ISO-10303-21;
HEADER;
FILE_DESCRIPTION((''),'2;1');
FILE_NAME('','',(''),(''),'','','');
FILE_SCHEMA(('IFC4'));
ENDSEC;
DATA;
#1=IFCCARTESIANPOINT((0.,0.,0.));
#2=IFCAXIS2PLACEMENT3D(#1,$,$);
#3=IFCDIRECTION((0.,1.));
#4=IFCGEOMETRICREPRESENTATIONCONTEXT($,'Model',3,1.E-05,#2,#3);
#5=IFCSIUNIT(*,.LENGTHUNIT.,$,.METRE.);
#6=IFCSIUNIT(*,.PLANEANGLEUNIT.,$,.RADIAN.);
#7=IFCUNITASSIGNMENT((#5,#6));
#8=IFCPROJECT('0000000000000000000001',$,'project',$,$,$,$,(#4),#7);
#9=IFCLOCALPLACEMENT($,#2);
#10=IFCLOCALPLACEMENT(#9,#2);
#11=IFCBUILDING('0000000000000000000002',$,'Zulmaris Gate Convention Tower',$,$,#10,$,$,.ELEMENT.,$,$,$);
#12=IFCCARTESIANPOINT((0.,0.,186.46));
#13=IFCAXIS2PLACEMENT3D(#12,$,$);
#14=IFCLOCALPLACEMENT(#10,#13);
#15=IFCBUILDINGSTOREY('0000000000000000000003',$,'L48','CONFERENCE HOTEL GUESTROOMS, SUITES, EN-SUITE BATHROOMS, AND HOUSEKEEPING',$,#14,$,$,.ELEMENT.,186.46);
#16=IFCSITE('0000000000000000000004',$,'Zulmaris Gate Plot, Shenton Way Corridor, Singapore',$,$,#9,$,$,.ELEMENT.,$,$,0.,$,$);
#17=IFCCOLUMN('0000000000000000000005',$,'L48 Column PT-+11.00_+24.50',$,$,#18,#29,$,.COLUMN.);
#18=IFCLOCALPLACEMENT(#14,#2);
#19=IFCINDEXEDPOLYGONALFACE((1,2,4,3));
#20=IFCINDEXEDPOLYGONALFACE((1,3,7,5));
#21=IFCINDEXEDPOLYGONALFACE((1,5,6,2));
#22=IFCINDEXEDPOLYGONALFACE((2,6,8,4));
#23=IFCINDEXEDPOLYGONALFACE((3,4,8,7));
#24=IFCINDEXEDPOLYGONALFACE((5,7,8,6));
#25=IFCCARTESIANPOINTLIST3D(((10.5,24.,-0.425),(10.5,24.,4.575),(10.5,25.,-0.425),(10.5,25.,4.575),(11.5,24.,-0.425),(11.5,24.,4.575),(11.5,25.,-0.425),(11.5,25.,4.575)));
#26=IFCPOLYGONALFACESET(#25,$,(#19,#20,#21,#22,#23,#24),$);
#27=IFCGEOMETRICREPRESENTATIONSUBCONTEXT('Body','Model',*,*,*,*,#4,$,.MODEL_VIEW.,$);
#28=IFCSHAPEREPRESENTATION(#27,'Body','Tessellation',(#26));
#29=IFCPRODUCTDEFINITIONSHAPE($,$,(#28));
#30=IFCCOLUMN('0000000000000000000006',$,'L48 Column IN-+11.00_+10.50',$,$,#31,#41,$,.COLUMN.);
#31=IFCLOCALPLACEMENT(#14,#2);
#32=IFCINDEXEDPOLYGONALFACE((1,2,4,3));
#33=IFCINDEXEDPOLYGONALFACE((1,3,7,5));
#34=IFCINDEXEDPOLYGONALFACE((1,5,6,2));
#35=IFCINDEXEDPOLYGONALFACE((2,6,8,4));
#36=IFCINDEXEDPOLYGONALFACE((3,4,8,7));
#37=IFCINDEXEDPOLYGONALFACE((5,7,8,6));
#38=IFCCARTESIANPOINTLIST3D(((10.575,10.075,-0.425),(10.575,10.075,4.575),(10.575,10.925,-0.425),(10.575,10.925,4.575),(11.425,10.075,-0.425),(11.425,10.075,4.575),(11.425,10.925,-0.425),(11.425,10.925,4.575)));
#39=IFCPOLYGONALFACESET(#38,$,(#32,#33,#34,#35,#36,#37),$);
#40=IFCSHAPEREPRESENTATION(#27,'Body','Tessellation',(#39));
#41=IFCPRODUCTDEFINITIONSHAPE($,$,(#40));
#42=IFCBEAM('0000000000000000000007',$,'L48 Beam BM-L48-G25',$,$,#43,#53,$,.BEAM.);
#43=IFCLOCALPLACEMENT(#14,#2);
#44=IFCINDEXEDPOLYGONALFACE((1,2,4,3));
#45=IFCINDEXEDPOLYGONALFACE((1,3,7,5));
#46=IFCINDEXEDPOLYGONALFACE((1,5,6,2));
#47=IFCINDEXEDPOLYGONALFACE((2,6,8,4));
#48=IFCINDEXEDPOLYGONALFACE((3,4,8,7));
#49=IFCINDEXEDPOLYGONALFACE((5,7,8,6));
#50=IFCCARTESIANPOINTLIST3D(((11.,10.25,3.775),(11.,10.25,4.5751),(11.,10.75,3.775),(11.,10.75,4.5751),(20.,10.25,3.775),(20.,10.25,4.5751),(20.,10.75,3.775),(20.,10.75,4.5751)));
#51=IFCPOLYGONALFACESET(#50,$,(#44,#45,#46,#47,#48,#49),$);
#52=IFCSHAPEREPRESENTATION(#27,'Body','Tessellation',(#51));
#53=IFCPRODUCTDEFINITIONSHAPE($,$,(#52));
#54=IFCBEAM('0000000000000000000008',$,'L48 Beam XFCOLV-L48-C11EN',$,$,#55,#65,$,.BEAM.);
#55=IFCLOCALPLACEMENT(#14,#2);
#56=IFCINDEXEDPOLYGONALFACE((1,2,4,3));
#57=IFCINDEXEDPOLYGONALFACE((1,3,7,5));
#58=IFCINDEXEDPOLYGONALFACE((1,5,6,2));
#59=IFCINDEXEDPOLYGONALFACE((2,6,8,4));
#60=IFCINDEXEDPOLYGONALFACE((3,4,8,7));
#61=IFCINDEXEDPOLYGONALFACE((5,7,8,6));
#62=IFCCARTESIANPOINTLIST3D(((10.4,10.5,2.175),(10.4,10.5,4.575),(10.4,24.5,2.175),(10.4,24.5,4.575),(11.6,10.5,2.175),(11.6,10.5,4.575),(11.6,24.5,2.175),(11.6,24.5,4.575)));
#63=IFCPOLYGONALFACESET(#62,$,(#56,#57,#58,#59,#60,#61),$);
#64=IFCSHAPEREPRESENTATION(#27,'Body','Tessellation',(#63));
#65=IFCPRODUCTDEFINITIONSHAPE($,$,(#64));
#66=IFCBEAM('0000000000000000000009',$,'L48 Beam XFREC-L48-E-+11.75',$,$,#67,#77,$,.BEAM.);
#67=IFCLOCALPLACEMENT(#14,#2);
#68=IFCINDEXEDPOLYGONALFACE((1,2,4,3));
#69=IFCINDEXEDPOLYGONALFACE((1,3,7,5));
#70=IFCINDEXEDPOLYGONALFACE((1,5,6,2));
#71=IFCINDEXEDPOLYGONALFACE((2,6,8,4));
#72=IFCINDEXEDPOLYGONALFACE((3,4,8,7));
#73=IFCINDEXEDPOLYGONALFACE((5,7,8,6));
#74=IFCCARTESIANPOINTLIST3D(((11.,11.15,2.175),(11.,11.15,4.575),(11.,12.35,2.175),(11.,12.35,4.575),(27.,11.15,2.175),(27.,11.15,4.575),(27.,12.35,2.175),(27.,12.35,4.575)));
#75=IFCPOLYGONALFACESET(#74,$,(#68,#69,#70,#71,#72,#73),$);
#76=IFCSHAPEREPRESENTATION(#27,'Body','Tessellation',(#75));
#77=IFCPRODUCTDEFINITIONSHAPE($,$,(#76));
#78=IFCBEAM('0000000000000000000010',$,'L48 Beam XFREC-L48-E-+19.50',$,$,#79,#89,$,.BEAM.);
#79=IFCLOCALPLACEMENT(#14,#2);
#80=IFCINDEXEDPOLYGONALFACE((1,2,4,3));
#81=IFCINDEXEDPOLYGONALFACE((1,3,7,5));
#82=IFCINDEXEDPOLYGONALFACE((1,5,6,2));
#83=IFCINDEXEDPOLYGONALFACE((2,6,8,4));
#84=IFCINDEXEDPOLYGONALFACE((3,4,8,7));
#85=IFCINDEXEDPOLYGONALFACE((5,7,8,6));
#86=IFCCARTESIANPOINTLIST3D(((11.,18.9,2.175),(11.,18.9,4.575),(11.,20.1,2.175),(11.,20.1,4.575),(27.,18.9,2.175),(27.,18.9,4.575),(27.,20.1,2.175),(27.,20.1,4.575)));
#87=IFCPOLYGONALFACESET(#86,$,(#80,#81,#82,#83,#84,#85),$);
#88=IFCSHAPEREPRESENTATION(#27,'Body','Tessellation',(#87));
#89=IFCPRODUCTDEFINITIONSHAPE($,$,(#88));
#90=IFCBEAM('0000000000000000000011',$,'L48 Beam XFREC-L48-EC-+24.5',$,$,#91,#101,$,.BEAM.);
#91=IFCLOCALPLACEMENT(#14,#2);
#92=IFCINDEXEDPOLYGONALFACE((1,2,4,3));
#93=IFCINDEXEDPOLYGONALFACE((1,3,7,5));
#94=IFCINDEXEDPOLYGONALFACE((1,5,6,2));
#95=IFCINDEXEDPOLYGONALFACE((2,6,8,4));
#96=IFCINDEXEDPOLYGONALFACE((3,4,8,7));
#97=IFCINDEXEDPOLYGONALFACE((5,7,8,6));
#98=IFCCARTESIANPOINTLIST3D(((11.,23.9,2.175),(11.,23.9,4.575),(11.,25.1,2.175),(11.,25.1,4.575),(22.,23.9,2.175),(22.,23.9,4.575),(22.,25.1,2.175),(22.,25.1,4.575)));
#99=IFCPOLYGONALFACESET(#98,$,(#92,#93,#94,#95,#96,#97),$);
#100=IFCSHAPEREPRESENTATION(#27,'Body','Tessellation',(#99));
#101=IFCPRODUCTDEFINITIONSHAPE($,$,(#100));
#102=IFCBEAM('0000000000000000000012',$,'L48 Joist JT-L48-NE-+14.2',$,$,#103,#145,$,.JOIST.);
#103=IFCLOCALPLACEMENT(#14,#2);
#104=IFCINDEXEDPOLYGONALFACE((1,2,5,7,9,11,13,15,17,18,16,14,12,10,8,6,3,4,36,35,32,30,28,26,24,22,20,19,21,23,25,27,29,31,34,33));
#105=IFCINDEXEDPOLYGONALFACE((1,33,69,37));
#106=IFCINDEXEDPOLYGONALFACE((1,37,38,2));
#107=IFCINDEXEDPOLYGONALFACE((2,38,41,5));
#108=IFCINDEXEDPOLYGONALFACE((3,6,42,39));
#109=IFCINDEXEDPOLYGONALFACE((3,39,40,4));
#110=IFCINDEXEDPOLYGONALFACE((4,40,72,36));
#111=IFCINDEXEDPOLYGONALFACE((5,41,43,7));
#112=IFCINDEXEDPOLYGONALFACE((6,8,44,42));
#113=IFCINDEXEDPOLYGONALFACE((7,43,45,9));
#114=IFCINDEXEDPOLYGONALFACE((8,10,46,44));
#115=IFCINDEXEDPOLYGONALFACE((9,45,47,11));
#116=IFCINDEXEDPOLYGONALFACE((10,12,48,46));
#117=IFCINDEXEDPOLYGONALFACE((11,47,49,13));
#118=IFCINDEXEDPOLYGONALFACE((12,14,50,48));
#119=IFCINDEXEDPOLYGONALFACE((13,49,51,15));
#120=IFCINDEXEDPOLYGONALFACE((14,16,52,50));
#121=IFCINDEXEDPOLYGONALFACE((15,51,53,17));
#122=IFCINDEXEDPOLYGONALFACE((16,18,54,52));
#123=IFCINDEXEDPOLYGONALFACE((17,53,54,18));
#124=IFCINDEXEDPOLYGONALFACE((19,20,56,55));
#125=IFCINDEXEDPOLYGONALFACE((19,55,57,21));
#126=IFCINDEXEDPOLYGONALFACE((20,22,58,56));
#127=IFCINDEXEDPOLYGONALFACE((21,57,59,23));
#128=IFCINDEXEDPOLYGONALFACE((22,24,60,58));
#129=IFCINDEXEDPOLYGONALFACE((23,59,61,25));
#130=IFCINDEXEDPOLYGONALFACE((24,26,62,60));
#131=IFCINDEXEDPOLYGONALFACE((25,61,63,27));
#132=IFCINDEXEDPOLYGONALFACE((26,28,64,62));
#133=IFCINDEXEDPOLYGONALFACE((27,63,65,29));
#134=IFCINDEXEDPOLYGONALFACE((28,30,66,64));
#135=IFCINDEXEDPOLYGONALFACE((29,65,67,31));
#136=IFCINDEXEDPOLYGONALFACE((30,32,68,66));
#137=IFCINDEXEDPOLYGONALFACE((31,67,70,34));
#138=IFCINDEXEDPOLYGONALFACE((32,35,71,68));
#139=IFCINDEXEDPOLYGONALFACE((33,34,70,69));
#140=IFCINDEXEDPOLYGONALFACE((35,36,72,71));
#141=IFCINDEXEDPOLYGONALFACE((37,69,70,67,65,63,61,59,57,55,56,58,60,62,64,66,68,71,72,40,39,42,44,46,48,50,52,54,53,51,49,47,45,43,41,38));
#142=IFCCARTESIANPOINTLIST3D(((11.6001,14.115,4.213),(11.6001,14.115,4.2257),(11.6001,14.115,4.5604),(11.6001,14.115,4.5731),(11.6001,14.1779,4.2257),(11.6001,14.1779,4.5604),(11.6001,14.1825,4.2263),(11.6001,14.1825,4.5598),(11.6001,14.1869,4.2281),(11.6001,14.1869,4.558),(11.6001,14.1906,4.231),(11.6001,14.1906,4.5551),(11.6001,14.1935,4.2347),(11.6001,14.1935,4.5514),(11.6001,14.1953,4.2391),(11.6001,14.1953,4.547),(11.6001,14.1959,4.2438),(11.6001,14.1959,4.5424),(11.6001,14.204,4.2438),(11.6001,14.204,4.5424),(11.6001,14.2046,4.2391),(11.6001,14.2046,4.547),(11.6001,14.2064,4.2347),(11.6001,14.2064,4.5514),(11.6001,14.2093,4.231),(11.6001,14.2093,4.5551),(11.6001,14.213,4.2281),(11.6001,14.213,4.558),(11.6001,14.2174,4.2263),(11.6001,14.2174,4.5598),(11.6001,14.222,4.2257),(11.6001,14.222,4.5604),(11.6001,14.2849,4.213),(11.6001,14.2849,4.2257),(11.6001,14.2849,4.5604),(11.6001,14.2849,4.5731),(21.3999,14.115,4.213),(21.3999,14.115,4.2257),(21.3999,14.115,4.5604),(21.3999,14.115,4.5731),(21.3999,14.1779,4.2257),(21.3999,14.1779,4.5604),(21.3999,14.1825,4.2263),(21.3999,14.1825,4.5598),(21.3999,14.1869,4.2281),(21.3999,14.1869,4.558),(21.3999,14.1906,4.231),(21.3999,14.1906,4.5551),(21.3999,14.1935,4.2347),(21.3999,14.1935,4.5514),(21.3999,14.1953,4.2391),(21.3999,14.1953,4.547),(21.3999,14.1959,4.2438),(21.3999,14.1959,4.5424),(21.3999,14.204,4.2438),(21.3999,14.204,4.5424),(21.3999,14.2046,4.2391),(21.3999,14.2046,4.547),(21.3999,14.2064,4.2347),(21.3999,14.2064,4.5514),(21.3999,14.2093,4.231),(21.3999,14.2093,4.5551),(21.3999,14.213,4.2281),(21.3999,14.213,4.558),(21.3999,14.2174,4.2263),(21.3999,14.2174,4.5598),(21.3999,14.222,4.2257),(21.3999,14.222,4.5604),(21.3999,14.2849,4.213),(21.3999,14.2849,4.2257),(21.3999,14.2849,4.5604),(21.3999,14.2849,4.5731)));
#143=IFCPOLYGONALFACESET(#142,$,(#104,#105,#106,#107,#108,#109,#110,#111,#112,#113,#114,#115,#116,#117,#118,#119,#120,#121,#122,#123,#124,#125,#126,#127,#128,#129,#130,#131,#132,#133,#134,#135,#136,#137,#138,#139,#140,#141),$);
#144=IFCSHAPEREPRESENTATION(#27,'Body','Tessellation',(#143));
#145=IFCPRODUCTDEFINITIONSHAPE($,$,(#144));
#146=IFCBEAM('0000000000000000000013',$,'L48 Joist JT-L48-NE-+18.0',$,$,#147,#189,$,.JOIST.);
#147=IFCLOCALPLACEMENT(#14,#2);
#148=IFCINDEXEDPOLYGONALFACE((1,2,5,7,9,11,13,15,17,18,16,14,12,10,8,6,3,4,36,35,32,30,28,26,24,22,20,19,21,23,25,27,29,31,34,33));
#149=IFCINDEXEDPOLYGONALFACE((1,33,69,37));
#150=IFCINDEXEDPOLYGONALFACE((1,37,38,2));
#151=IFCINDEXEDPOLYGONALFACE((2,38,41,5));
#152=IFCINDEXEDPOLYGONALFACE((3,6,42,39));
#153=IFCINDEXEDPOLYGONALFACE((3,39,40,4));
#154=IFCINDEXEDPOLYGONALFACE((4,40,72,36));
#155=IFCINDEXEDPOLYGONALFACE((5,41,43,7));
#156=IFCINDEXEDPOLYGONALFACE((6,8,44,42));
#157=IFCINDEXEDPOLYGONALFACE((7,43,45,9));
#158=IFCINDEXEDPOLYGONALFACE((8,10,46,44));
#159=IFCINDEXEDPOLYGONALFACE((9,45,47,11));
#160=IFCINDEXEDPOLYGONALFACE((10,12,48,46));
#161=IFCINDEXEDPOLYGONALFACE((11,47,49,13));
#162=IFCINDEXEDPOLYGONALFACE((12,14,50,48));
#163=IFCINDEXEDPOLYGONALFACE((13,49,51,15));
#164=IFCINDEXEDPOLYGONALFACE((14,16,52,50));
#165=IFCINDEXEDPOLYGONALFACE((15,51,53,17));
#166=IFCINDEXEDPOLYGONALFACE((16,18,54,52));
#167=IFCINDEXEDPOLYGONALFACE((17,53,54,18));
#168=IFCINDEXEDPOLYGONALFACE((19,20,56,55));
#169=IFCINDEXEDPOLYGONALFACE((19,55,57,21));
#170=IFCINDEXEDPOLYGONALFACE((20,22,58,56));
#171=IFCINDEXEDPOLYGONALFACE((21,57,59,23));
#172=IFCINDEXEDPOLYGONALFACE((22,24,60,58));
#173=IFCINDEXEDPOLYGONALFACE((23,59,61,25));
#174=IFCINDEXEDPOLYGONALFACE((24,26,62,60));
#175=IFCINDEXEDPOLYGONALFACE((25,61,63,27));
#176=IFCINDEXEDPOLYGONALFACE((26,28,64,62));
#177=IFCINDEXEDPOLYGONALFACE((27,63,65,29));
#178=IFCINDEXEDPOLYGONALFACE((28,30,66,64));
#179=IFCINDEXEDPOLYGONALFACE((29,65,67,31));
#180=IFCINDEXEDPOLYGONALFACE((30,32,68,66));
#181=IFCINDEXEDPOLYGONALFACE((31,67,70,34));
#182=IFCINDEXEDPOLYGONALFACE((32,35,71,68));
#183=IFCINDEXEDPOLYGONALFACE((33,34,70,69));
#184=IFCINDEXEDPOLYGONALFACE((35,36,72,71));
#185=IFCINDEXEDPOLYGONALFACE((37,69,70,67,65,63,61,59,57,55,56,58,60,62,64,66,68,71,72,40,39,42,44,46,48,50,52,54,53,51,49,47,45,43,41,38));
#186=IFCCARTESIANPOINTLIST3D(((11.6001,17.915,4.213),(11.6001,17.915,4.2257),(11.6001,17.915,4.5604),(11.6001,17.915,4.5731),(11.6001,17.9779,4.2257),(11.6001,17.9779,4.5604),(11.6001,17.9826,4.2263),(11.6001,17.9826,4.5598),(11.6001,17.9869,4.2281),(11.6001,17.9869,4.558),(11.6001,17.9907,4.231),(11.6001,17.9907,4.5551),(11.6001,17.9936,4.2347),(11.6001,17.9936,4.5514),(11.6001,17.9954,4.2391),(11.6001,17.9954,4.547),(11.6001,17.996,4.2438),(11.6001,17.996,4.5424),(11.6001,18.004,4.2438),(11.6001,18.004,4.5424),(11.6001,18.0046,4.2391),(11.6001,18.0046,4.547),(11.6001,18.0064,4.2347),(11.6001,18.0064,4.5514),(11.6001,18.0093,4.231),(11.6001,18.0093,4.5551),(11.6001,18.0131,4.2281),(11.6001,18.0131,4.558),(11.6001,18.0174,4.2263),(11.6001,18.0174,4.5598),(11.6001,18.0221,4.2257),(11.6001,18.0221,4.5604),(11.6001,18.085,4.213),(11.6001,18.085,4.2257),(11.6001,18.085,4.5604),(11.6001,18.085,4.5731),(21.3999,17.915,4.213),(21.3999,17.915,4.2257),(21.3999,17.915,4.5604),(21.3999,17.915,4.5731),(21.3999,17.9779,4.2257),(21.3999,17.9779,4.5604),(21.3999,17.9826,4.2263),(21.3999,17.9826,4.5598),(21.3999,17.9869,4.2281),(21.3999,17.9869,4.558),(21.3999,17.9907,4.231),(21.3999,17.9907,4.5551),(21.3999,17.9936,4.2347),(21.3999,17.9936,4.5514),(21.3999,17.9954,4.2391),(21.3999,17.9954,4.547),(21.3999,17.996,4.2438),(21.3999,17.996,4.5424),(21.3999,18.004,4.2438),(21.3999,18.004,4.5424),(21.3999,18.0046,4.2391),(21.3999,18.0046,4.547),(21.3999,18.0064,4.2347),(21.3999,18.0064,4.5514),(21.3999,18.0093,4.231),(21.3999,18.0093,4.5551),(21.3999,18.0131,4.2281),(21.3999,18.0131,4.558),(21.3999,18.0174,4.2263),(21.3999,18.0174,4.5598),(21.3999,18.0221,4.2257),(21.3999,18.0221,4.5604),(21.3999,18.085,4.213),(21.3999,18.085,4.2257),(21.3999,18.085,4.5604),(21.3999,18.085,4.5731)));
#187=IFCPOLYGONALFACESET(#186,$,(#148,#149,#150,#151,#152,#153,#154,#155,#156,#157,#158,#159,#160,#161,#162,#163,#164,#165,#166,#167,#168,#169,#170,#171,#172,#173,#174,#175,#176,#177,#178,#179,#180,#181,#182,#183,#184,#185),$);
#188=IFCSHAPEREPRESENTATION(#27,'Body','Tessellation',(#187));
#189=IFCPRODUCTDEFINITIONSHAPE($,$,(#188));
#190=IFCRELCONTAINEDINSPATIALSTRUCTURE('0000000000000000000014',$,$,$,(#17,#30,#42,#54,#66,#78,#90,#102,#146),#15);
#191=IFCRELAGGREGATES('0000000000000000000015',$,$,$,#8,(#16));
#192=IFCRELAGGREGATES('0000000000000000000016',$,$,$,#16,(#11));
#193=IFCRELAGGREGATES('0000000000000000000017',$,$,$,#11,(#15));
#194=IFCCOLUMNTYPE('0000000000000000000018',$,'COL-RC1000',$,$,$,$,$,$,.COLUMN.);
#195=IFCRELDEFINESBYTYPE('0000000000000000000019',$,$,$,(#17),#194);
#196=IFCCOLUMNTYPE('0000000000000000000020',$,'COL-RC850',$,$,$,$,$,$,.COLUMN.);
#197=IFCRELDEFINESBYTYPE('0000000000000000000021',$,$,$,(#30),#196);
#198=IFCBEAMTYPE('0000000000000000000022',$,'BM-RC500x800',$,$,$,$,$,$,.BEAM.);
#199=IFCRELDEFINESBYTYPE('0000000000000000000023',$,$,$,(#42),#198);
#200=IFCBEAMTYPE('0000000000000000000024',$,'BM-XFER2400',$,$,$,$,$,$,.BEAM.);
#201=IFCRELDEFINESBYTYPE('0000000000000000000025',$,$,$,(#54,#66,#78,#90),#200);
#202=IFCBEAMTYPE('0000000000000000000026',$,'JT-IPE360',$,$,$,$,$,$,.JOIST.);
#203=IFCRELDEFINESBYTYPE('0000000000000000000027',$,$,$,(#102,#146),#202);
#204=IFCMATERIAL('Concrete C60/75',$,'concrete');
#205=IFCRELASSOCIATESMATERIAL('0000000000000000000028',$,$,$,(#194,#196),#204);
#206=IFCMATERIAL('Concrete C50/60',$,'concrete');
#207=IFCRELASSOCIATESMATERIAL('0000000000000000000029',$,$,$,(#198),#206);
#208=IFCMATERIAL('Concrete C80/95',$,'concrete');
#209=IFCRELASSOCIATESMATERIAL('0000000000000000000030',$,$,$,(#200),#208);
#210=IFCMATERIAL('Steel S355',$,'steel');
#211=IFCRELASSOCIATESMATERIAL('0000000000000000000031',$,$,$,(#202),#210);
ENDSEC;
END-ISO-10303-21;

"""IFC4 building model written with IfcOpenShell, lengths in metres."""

from ifc_helpers import new_model, si_unit, direction, frame, origin, origin_2d, place, context, subcontext, project, spatial, rectangle, i_section, extrude, material, material_profile, profile_set, type_object, element, save


model = new_model("IFC4")

# Units and contexts
model_context = context("Model", 3, precision=1e-05, world=origin(), true_north=direction((0.0, 1.0)))
body_context = subcontext(model_context, "Body", "Model", "MODEL_VIEW")
ifc_project = project(units=[si_unit("LENGTHUNIT", "METRE"), si_unit("PLANEANGLEUNIT", "RADIAN")], contexts=[model_context])

# Site, building, storey
site_placement = place(None, origin())
site = spatial("IfcSite", under=ifc_project, at=site_placement, Name="Zulmaris Gate Plot, Shenton Way Corridor, Singapore", CompositionType="ELEMENT", RefElevation=0.0)
building_placement = place(site_placement, origin())
building = spatial("IfcBuilding", under=site, at=building_placement, Name="Zulmaris Gate Convention Tower", CompositionType="ELEMENT")
storey_placement = place(building_placement, frame((0.0, 0.0, 186.46)))
storey = spatial("IfcBuildingStorey", under=building, at=storey_placement, Name="L48", Description="CONFERENCE HOTEL GUESTROOMS, SUITES, EN-SUITE BATHROOMS, AND HOUSEKEEPING", CompositionType="ELEMENT", Elevation=186.46)

# Columns
ifc_material_1 = material(Name="Concrete C60/75", Category="concrete")
ifc_material_profile_1 = material_profile(ifc_material_1, rectangle(XDim=1.0, YDim=1.0, at=origin_2d()), Name="RC COL 1000x1000")
ifc_profile_set_1 = profile_set([ifc_material_profile_1], Name="Concrete C60/75")
column_type_1 = type_object("IfcColumnType", Name="COL-RC1000", PredefinedType="COLUMN", material=ifc_profile_set_1)
column_1_placement = place(storey_placement, frame((11.0, 24.5, -0.425), z_axis=(0.0, 0.0, 1.0), x_axis=(1.0, 0.0, 0.0)))
element("IfcColumn", 1, at=column_1_placement, inside=storey, type_object=column_type_1, Name="L48 Column PT-+11.00_+24.50", PredefinedType="COLUMN", context=body_context, shape_type="SweptSolid", body=[
    extrude(rectangle(XDim=1.0, YDim=1.0, at=origin_2d()), origin(), (0.0, 0.0, 1.0), 5.0),
])
ifc_material_profile_2 = material_profile(ifc_material_1, rectangle(XDim=0.8501, YDim=0.8501, at=origin_2d()), Name="RC COL 850x850")
ifc_profile_set_2 = profile_set([ifc_material_profile_2], Name="Concrete C60/75")
column_type_2 = type_object("IfcColumnType", Name="COL-RC850", PredefinedType="COLUMN", material=ifc_profile_set_2)
column_2_placement = place(storey_placement, frame((11.0, 10.5, -0.425), z_axis=(0.0, 0.0, 1.0), x_axis=(1.0, 0.0, 0.0)))
element("IfcColumn", 2, at=column_2_placement, inside=storey, type_object=column_type_2, Name="L48 Column IN-+11.00_+10.50", PredefinedType="COLUMN", context=body_context, shape_type="SweptSolid", body=[
    extrude(rectangle(XDim=0.8501, YDim=0.8501, at=origin_2d()), origin(), (0.0, 0.0, 1.0), 5.0),
])

# Beams
ifc_material_2 = material(Name="Concrete C50/60", Category="concrete")
ifc_material_profile_3 = material_profile(ifc_material_2, rectangle(XDim=0.5, YDim=0.8, at=origin_2d()), Name="RC BEAM 500x800")
ifc_profile_set_3 = profile_set([ifc_material_profile_3], Name="Concrete C50/60")
beam_type_1 = type_object("IfcBeamType", Name="BM-RC500x800", PredefinedType="BEAM", material=ifc_profile_set_3)
beam_1_placement = place(storey_placement, frame((11.0, 10.5, 4.175), z_axis=(1.0, 0.0, 0.0), x_axis=(0.0, 1.0, 0.0)))
element("IfcBeam", 3, at=beam_1_placement, inside=storey, type_object=beam_type_1, Name="L48 Beam BM-L48-G25", PredefinedType="BEAM", context=body_context, shape_type="SweptSolid", body=[
    extrude(rectangle(XDim=0.5, YDim=0.8, at=origin_2d()), origin(), (0.0, 0.0, 1.0), 9.0),
])
ifc_material_3 = material(Name="Concrete C80/95", Category="concrete")
ifc_material_profile_4 = material_profile(ifc_material_3, rectangle(XDim=1.2, YDim=2.3999, at=origin_2d()), Name="RC TRANSFER 1200x2400")
ifc_profile_set_4 = profile_set([ifc_material_profile_4], Name="Concrete C80/95")
beam_type_2 = type_object("IfcBeamType", Name="BM-XFER2400", PredefinedType="BEAM", material=ifc_profile_set_4)
beam_2_placement = place(storey_placement, frame((11.0, 10.5, 3.375), z_axis=(0.0, 1.0, 0.0), x_axis=(-1.0, 0.0, 0.0)))
element("IfcBeam", 4, at=beam_2_placement, inside=storey, type_object=beam_type_2, Name="L48 Beam XFCOLV-L48-C11EN", PredefinedType="BEAM", context=body_context, shape_type="SweptSolid", body=[
    extrude(rectangle(XDim=1.2, YDim=2.3999, at=origin_2d()), origin(), (0.0, 0.0, 1.0), 14.0),
])
for number, where, z_axis, x_axis, name in (
    (5, (11.0, 11.75, 3.375), (1.0, 0.0, 0.0), (0.0, 1.0, 0.0), "L48 Beam XFREC-L48-E-+11.75"),
    (6, (11.0, 19.5, 3.375), (1.0, 0.0, 0.0), (0.0, 1.0, 0.0), "L48 Beam XFREC-L48-E-+19.50"),
):
    element("IfcBeam", number, at=place(storey_placement, frame(where, z_axis=z_axis, x_axis=x_axis)), inside=storey, type_object=beam_type_2, Name=name, PredefinedType="BEAM", context=body_context, shape_type="SweptSolid", body=[
        extrude(rectangle(XDim=1.2, YDim=2.3999, at=origin_2d()), origin(), (0.0, 0.0, 1.0), 16.0),
    ])
beam_3_placement = place(storey_placement, frame((11.0, 24.5, 3.375), z_axis=(1.0, 0.0, 0.0), x_axis=(0.0, 1.0, 0.0)))
element("IfcBeam", 7, at=beam_3_placement, inside=storey, type_object=beam_type_2, Name="L48 Beam XFREC-L48-EC-+24.5", PredefinedType="BEAM", context=body_context, shape_type="SweptSolid", body=[
    extrude(rectangle(XDim=1.2, YDim=2.3999, at=origin_2d()), origin(), (0.0, 0.0, 1.0), 11.0),
])
ifc_material_4 = material(Name="Steel S355", Category="steel")
ifc_material_profile_5 = material_profile(ifc_material_4, i_section(OverallWidth=0.1699, OverallDepth=0.3601, WebThickness=0.0081, FlangeThickness=0.0127, FilletRadius=0.0181, at=origin_2d()), Name="IPE 360")
ifc_profile_set_5 = profile_set([ifc_material_profile_5], Name="Steel S355")
beam_type_3 = type_object("IfcBeamType", Name="JT-IPE360", PredefinedType="JOIST", material=ifc_profile_set_5)
for number, where, z_axis, x_axis, name in (
    (8, (11.6001, 14.2, 4.3931), (1.0, 0.0, 0.0), (0.0, 1.0, 0.0), "L48 Joist JT-L48-NE-+14.2"),
    (9, (11.6001, 18.0, 4.3931), (1.0, 0.0, 0.0), (0.0, 1.0, 0.0), "L48 Joist JT-L48-NE-+18.0"),
):
    element("IfcBeam", number, at=place(storey_placement, frame(where, z_axis=z_axis, x_axis=x_axis)), inside=storey, type_object=beam_type_3, Name=name, PredefinedType="JOIST", context=body_context, shape_type="SweptSolid", body=[
        extrude(i_section(OverallWidth=0.1699, OverallDepth=0.3601, WebThickness=0.0081, FlangeThickness=0.0127, FilletRadius=0.0181, at=origin_2d()), origin(), (0.0, 0.0, 1.0), 9.7998),
    ])

save(model, "model.ifc")
